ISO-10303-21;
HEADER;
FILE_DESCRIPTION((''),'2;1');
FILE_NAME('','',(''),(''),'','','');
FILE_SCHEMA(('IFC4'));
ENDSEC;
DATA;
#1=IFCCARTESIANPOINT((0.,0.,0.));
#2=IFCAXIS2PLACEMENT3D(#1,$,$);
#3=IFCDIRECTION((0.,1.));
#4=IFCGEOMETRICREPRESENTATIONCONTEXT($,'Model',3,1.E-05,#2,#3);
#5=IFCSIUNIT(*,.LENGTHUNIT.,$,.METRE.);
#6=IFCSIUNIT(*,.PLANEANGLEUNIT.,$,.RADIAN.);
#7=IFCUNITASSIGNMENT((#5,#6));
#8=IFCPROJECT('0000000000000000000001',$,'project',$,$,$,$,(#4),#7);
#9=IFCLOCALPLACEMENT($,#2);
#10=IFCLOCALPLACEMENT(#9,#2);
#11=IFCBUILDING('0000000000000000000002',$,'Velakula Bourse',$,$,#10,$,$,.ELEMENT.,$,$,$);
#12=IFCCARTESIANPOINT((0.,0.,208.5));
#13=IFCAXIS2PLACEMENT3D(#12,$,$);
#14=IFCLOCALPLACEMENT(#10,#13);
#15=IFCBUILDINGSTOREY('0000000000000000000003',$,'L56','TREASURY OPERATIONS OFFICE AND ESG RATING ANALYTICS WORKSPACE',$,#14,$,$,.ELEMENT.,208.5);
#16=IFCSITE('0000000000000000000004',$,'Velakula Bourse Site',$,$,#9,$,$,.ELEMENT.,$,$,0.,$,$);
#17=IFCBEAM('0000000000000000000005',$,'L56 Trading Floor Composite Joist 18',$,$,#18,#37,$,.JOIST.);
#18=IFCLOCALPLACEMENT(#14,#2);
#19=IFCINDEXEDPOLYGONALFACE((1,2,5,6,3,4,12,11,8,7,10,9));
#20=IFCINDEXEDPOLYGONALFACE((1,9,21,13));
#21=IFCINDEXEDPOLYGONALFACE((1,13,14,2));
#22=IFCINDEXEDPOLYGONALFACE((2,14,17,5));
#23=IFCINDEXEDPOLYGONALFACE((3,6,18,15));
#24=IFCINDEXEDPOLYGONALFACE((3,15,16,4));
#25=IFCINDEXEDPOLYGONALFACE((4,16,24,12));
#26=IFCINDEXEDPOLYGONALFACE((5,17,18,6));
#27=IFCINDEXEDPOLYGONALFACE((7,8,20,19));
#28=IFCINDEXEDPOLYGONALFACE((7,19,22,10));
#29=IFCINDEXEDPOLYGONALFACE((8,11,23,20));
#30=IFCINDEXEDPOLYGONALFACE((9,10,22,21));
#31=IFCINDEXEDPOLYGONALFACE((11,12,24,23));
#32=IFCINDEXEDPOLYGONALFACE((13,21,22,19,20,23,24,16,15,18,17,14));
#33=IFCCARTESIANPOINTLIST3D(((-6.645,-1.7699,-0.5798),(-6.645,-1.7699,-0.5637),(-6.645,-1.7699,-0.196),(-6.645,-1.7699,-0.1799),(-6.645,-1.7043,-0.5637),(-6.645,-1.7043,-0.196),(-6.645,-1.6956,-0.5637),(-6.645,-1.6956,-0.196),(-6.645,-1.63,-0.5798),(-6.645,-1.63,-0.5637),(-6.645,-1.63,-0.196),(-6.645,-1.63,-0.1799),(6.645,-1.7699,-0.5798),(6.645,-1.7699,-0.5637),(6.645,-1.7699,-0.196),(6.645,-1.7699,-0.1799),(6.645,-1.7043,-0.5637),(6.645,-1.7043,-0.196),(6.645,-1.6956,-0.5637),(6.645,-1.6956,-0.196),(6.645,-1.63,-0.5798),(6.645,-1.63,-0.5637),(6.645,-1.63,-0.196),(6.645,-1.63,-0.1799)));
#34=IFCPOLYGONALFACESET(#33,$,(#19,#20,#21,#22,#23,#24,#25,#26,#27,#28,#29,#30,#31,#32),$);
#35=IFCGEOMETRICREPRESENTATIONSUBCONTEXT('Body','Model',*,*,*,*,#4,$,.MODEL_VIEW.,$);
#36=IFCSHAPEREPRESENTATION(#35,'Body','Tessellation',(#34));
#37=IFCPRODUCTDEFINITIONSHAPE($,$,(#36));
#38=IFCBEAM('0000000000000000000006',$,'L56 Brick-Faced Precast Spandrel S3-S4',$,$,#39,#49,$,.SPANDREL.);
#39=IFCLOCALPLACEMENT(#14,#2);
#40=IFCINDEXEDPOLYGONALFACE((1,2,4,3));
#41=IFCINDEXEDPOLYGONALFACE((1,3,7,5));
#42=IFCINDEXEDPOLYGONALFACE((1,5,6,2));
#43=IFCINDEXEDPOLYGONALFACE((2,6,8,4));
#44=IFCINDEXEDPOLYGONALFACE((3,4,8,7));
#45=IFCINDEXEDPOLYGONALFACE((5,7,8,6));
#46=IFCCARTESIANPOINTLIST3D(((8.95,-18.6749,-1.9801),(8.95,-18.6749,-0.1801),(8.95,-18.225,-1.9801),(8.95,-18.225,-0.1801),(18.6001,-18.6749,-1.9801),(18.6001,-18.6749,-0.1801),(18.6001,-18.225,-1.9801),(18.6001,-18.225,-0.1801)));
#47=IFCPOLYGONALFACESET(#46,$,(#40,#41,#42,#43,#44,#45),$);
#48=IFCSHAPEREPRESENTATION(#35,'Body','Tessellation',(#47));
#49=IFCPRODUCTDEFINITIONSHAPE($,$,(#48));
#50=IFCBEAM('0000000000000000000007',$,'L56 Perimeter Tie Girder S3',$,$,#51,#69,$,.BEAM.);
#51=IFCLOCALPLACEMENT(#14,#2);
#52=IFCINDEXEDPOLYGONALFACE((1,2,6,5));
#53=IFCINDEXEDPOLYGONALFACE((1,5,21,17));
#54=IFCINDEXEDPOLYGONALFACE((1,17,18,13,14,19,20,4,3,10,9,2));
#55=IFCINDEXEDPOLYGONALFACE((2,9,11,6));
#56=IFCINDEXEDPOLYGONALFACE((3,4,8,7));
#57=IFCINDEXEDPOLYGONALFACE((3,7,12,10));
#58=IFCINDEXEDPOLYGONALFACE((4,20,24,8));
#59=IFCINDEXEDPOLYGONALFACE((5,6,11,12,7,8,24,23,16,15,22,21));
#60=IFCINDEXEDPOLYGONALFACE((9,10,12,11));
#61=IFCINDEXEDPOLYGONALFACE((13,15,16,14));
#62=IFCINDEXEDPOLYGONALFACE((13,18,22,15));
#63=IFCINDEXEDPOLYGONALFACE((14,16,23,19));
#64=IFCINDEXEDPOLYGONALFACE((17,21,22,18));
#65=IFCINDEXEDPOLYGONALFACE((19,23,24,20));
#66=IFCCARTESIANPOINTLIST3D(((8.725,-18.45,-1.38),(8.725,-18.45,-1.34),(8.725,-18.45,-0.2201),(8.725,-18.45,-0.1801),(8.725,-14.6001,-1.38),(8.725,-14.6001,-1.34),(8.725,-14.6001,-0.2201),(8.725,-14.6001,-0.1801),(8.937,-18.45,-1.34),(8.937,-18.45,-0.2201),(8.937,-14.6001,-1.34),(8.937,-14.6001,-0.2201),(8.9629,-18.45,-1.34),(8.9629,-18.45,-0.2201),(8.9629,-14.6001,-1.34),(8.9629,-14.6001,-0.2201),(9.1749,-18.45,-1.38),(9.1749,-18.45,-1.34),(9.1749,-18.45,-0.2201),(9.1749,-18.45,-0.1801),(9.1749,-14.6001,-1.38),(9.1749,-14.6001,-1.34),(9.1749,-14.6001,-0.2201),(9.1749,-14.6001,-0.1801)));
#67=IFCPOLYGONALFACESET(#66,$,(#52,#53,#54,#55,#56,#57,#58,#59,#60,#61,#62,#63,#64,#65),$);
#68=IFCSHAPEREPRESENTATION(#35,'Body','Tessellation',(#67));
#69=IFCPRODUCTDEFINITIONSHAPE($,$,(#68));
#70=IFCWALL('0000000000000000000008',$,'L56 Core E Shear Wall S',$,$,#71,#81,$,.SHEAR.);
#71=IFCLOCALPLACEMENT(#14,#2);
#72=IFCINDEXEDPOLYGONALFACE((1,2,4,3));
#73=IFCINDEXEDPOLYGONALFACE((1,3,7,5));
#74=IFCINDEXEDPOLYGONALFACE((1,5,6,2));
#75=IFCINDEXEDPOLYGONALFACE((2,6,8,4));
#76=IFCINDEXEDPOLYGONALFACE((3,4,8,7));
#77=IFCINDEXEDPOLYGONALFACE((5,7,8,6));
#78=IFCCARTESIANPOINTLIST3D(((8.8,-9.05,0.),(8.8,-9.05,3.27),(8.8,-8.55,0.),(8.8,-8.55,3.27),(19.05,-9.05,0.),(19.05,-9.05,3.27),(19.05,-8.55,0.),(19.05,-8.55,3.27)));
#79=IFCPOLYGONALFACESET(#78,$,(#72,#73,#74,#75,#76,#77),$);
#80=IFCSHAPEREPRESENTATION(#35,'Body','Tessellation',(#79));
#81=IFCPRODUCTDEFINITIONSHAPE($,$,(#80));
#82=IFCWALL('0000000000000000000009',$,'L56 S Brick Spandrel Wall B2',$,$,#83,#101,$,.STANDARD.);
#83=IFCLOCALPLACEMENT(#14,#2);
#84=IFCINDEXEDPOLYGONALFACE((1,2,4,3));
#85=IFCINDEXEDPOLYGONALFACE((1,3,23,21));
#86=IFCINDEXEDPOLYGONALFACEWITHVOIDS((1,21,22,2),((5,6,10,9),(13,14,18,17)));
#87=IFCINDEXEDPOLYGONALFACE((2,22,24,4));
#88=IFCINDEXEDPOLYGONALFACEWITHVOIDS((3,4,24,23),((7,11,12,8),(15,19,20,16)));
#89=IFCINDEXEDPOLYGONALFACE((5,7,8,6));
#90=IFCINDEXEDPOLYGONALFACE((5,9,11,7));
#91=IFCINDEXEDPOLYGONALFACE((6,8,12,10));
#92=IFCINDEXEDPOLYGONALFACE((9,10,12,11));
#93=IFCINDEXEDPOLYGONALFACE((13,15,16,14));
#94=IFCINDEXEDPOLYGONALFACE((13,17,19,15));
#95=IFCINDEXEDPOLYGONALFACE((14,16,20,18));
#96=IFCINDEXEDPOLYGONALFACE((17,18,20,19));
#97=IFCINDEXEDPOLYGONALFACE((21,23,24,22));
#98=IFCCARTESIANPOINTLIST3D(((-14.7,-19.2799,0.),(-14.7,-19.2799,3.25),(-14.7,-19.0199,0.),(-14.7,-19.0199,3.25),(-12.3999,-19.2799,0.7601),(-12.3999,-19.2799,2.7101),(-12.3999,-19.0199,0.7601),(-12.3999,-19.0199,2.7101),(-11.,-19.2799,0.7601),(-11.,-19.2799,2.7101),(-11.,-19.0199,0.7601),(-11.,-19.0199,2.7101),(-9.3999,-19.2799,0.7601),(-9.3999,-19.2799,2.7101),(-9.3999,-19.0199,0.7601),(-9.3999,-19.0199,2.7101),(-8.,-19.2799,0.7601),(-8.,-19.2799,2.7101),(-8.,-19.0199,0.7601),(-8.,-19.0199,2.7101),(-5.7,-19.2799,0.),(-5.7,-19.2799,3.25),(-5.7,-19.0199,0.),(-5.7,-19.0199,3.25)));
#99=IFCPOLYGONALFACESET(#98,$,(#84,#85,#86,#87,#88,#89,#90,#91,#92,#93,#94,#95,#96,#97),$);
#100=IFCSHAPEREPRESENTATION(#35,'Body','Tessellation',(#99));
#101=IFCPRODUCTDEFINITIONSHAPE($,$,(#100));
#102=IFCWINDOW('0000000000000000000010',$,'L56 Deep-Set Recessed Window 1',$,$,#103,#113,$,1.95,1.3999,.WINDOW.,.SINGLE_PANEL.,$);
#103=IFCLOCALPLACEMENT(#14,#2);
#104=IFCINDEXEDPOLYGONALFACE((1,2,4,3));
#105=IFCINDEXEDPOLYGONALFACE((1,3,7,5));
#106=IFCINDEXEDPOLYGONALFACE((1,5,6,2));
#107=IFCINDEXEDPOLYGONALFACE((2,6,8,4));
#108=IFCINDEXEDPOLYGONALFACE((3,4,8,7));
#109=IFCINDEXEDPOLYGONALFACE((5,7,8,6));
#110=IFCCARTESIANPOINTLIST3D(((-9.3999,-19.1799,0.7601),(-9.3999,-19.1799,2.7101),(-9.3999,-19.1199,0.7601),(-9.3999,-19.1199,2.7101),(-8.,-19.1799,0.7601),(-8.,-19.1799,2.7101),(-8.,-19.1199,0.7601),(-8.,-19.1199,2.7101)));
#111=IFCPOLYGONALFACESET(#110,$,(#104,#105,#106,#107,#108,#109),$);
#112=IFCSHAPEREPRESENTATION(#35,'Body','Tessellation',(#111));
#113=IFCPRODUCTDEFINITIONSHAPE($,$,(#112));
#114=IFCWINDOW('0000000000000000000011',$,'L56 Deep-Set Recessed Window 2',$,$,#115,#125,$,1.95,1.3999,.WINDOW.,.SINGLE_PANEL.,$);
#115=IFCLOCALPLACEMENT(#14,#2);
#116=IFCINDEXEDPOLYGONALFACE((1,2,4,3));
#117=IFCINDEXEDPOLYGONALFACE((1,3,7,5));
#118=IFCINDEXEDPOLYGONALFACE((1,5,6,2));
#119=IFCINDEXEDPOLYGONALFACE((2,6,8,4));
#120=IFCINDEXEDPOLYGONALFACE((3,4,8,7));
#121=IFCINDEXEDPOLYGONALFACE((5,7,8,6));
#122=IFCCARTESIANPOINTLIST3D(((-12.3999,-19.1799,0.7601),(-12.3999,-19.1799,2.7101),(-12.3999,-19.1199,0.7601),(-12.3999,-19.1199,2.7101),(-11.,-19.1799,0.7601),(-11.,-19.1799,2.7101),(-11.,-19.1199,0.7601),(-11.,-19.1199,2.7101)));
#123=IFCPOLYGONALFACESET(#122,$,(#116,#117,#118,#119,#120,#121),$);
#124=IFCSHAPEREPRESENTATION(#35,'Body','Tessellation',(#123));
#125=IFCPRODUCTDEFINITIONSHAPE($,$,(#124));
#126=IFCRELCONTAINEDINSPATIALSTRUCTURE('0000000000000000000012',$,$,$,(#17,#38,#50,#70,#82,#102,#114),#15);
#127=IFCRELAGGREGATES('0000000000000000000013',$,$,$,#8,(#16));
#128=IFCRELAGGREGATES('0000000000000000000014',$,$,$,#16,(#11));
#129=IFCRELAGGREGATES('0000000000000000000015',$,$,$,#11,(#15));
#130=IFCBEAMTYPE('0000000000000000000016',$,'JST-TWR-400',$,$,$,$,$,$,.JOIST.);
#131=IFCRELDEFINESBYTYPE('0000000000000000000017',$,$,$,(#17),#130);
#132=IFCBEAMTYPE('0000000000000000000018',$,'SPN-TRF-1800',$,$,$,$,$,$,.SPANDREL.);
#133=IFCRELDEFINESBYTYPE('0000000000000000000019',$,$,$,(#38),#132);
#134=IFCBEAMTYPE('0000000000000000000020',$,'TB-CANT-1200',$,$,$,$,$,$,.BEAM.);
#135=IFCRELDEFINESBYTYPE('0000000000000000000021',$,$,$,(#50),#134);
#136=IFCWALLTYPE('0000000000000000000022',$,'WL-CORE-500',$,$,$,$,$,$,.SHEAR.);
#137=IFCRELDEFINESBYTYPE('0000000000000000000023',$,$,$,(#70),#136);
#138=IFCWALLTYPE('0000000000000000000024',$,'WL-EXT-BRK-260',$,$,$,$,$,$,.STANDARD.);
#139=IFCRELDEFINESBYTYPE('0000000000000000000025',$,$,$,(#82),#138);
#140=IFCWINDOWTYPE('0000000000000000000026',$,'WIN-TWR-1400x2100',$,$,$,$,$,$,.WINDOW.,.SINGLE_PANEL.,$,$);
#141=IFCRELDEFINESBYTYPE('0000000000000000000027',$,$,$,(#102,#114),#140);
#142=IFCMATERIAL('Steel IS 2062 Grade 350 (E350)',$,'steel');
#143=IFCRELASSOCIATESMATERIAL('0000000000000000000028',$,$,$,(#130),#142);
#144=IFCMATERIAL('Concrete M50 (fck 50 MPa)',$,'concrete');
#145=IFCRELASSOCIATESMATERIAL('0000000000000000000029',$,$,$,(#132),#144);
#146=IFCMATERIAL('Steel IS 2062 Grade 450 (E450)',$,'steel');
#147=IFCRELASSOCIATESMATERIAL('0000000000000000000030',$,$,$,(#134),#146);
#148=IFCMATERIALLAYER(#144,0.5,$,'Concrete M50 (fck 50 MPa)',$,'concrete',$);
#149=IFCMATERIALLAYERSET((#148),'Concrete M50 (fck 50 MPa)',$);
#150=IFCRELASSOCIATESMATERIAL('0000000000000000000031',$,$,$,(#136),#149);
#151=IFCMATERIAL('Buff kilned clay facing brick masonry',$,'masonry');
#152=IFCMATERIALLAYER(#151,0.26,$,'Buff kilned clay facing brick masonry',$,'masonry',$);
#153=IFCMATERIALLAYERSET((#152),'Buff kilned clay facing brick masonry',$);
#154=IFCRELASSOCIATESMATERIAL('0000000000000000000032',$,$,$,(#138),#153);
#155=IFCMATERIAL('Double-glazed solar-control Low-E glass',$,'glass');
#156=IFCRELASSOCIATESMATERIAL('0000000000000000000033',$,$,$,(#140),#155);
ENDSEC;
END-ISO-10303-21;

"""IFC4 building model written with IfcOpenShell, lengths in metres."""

from ifc_helpers import new_model, si_unit, direction, frame, frame_2d, origin, origin_2d, place, context, subcontext, project, spatial, rectangle, i_section, extrude, material, layer, layer_set, material_profile, profile_set, type_object, element, fill, save


model = new_model("IFC4")

# Units and contexts
model_context = context("Model", 3, precision=1e-05, world=origin(), true_north=direction((0.0, 1.0)))
body_context = subcontext(model_context, "Body", "Model", "MODEL_VIEW")
ifc_project = project(units=[si_unit("LENGTHUNIT", "METRE"), si_unit("PLANEANGLEUNIT", "RADIAN")], contexts=[model_context])

# Site, building, storey
site_placement = place(None, origin())
site = spatial("IfcSite", under=ifc_project, at=site_placement, Name="Velakula Bourse Site", CompositionType="ELEMENT", RefElevation=0.0)
building_placement = place(site_placement, origin())
building = spatial("IfcBuilding", under=site, at=building_placement, Name="Velakula Bourse", CompositionType="ELEMENT")
storey_placement = place(building_placement, frame((0.0, 0.0, 208.5)))
storey = spatial("IfcBuildingStorey", under=building, at=storey_placement, Name="L56", Description="TREASURY OPERATIONS OFFICE AND ESG RATING ANALYTICS WORKSPACE", CompositionType="ELEMENT", Elevation=208.5)

# Shared definitions
ifc_material_1 = material(Name="Concrete M50 (fck 50 MPa)", Category="concrete")
ifc_material_2 = material(Name="Steel IS 2062 Grade 350 (E350)", Category="steel")

# Beams
ifc_material_profile_1 = material_profile(ifc_material_2, i_section(OverallWidth=0.1399, OverallDepth=0.3999, WebThickness=0.0088, FlangeThickness=0.0161, at=origin_2d()), Name="Steel IS 2062 Grade 350 (E350)")
ifc_profile_set_1 = profile_set([ifc_material_profile_1], Name="Steel IS 2062 Grade 350 (E350)")
beam_type_1 = type_object("IfcBeamType", Name="JST-TWR-400", PredefinedType="JOIST", material=ifc_profile_set_1)
beam_1_placement = place(storey_placement, frame((-6.645, -1.7, -0.3799), z_axis=(1.0, 0.0, 0.0), x_axis=(0.0, 1.0, 0.0)))
element("IfcBeam", 1, at=beam_1_placement, inside=storey, type_object=beam_type_1, Name="L56 Trading Floor Composite Joist 18", PredefinedType="JOIST", context=body_context, shape_type="SweptSolid", body=[
    extrude(i_section(OverallWidth=0.1399, OverallDepth=0.3999, WebThickness=0.0088, FlangeThickness=0.0161, at=origin_2d()), origin(), (0.0, 0.0, 1.0), 13.29),
])
ifc_material_profile_2 = material_profile(ifc_material_1, rectangle(XDim=0.45, YDim=1.8, at=origin_2d()), Name="Concrete M50 (fck 50 MPa)")
ifc_profile_set_2 = profile_set([ifc_material_profile_2], Name="Concrete M50 (fck 50 MPa)")
beam_type_2 = type_object("IfcBeamType", Name="SPN-TRF-1800", PredefinedType="SPANDREL", material=ifc_profile_set_2)
beam_2_placement = place(storey_placement, frame((8.95, -18.45, -1.0801), z_axis=(1.0, 0.0, 0.0), x_axis=(0.0, 1.0, 0.0)))
element("IfcBeam", 2, at=beam_2_placement, inside=storey, type_object=beam_type_2, Name="L56 Brick-Faced Precast Spandrel S3-S4", PredefinedType="SPANDREL", context=body_context, shape_type="SweptSolid", body=[
    extrude(rectangle(XDim=0.45, YDim=1.8, at=origin_2d()), origin(), (0.0, 0.0, 1.0), 9.6501),
])
ifc_material_3 = material(Name="Steel IS 2062 Grade 450 (E450)", Category="steel")
ifc_material_profile_3 = material_profile(ifc_material_3, i_section(OverallWidth=0.45, OverallDepth=1.2, WebThickness=0.0259, FlangeThickness=0.04, at=origin_2d()), Name="Steel IS 2062 Grade 450 (E450)")
ifc_profile_set_3 = profile_set([ifc_material_profile_3], Name="Steel IS 2062 Grade 450 (E450)")
beam_type_3 = type_object("IfcBeamType", Name="TB-CANT-1200", PredefinedType="BEAM", material=ifc_profile_set_3)
beam_3_placement = place(storey_placement, frame((8.95, -14.6001, -0.78), z_axis=(0.0, -1.0, 0.0), x_axis=(1.0, 0.0, 0.0)))
element("IfcBeam", 3, at=beam_3_placement, inside=storey, type_object=beam_type_3, Name="L56 Perimeter Tie Girder S3", PredefinedType="BEAM", context=body_context, shape_type="SweptSolid", body=[
    extrude(i_section(OverallWidth=0.45, OverallDepth=1.2, WebThickness=0.0259, FlangeThickness=0.04, at=origin_2d()), origin(), (0.0, 0.0, 1.0), 3.8499),
])

# Wall
ifc_layer_1 = layer(ifc_material_1, 0.5, Name="Concrete M50 (fck 50 MPa)", Category="concrete")
ifc_layer_set_1 = layer_set([ifc_layer_1], Name="Concrete M50 (fck 50 MPa)")
wall_type_1 = type_object("IfcWallType", Name="WL-CORE-500", PredefinedType="SHEAR", material=ifc_layer_set_1)
wall_1_placement = place(storey_placement, frame((8.8, -8.8, 0.0), z_axis=(0.0, 0.0, 1.0), x_axis=(1.0, 0.0, 0.0)))
element("IfcWall", 4, at=wall_1_placement, inside=storey, type_object=wall_type_1, Name="L56 Core E Shear Wall S", PredefinedType="SHEAR", context=body_context, shape_type="SweptSolid", body=[
    extrude(rectangle(XDim=10.25, YDim=0.5, at=frame_2d((5.125, 0.0))), origin(), (0.0, 0.0, 1.0), 3.27),
])

# Wall, openings, windows
ifc_material_4 = material(Name="Buff kilned clay facing brick masonry", Category="masonry")
ifc_layer_2 = layer(ifc_material_4, 0.26, Name="Buff kilned clay facing brick masonry", Category="masonry")
ifc_layer_set_2 = layer_set([ifc_layer_2], Name="Buff kilned clay facing brick masonry")
wall_type_2 = type_object("IfcWallType", Name="WL-EXT-BRK-260", PredefinedType="STANDARD", material=ifc_layer_set_2)
wall_2_placement = place(storey_placement, frame((-5.7, -19.1499, 0.0), z_axis=(0.0, 0.0, 1.0), x_axis=(-1.0, 0.0, 0.0)))
wall_2 = element("IfcWall", 5, at=wall_2_placement, inside=storey, type_object=wall_type_2, Name="L56 S Brick Spandrel Wall B2", PredefinedType="STANDARD", context=body_context, shape_type="SweptSolid", body=[
    extrude(rectangle(XDim=9.0, YDim=0.26, at=frame_2d((4.5, 0.0))), origin(), (0.0, 0.0, 1.0), 3.25),
])
opening_1_placement = place(wall_2_placement, frame((2.3, 0.0, 0.76)))
opening_1 = element("IfcOpeningElement", 6, at=opening_1_placement, cuts=wall_2, PredefinedType="OPENING", context=body_context, shape_type="SweptSolid", body=[
    extrude(rectangle(XDim=1.3999, YDim=1.95, at=frame_2d((0.7, 0.9751))), frame((0.0, 0.1399, 0.0), z_axis=(0.0, -1.0, 0.0), x_axis=(1.0, 0.0, 0.0)), (0.0, 0.0, 1.0), 0.28),
])
opening_2_placement = place(wall_2_placement, frame((5.3, 0.0, 0.76)))
opening_2 = element("IfcOpeningElement", 7, at=opening_2_placement, cuts=wall_2, PredefinedType="OPENING", context=body_context, shape_type="SweptSolid", body=[
    extrude(rectangle(XDim=1.3999, YDim=1.95, at=frame_2d((0.7, 0.9751))), frame((0.0, 0.1399, 0.0), z_axis=(0.0, -1.0, 0.0), x_axis=(1.0, 0.0, 0.0)), (0.0, 0.0, 1.0), 0.28),
])
ifc_material_5 = material(Name="Double-glazed solar-control Low-E glass", Category="glass")
window_type = type_object("IfcWindowType", Name="WIN-TWR-1400x2100", PartitioningType="SINGLE_PANEL", PredefinedType="WINDOW", material=ifc_material_5)
window_1_placement = place(opening_1_placement, origin())
window_1 = element("IfcWindow", 8, at=window_1_placement, inside=storey, type_object=window_type, Name="L56 Deep-Set Recessed Window 1", OverallHeight=1.95, OverallWidth=1.3999, PartitioningType="SINGLE_PANEL", PredefinedType="WINDOW", context=body_context, shape_type="SweptSolid", body=[
    extrude(rectangle(XDim=1.3999, YDim=1.95, at=frame_2d((0.7, 0.9751))), frame((0.0, 0.03, 0.0), z_axis=(0.0, -1.0, 0.0), x_axis=(1.0, 0.0, 0.0)), (0.0, 0.0, 1.0), 0.0601),
])
fill(opening_1, window_1)
window_2_placement = place(opening_2_placement, origin())
window_2 = element("IfcWindow", 9, at=window_2_placement, inside=storey, type_object=window_type, Name="L56 Deep-Set Recessed Window 2", OverallHeight=1.95, OverallWidth=1.3999, PartitioningType="SINGLE_PANEL", PredefinedType="WINDOW", context=body_context, shape_type="SweptSolid", body=[
    extrude(rectangle(XDim=1.3999, YDim=1.95, at=frame_2d((0.7, 0.9751))), frame((0.0, 0.03, 0.0), z_axis=(0.0, -1.0, 0.0), x_axis=(1.0, 0.0, 0.0)), (0.0, 0.0, 1.0), 0.0601),
])
fill(opening_2, window_2)

save(model, "model.ifc")
